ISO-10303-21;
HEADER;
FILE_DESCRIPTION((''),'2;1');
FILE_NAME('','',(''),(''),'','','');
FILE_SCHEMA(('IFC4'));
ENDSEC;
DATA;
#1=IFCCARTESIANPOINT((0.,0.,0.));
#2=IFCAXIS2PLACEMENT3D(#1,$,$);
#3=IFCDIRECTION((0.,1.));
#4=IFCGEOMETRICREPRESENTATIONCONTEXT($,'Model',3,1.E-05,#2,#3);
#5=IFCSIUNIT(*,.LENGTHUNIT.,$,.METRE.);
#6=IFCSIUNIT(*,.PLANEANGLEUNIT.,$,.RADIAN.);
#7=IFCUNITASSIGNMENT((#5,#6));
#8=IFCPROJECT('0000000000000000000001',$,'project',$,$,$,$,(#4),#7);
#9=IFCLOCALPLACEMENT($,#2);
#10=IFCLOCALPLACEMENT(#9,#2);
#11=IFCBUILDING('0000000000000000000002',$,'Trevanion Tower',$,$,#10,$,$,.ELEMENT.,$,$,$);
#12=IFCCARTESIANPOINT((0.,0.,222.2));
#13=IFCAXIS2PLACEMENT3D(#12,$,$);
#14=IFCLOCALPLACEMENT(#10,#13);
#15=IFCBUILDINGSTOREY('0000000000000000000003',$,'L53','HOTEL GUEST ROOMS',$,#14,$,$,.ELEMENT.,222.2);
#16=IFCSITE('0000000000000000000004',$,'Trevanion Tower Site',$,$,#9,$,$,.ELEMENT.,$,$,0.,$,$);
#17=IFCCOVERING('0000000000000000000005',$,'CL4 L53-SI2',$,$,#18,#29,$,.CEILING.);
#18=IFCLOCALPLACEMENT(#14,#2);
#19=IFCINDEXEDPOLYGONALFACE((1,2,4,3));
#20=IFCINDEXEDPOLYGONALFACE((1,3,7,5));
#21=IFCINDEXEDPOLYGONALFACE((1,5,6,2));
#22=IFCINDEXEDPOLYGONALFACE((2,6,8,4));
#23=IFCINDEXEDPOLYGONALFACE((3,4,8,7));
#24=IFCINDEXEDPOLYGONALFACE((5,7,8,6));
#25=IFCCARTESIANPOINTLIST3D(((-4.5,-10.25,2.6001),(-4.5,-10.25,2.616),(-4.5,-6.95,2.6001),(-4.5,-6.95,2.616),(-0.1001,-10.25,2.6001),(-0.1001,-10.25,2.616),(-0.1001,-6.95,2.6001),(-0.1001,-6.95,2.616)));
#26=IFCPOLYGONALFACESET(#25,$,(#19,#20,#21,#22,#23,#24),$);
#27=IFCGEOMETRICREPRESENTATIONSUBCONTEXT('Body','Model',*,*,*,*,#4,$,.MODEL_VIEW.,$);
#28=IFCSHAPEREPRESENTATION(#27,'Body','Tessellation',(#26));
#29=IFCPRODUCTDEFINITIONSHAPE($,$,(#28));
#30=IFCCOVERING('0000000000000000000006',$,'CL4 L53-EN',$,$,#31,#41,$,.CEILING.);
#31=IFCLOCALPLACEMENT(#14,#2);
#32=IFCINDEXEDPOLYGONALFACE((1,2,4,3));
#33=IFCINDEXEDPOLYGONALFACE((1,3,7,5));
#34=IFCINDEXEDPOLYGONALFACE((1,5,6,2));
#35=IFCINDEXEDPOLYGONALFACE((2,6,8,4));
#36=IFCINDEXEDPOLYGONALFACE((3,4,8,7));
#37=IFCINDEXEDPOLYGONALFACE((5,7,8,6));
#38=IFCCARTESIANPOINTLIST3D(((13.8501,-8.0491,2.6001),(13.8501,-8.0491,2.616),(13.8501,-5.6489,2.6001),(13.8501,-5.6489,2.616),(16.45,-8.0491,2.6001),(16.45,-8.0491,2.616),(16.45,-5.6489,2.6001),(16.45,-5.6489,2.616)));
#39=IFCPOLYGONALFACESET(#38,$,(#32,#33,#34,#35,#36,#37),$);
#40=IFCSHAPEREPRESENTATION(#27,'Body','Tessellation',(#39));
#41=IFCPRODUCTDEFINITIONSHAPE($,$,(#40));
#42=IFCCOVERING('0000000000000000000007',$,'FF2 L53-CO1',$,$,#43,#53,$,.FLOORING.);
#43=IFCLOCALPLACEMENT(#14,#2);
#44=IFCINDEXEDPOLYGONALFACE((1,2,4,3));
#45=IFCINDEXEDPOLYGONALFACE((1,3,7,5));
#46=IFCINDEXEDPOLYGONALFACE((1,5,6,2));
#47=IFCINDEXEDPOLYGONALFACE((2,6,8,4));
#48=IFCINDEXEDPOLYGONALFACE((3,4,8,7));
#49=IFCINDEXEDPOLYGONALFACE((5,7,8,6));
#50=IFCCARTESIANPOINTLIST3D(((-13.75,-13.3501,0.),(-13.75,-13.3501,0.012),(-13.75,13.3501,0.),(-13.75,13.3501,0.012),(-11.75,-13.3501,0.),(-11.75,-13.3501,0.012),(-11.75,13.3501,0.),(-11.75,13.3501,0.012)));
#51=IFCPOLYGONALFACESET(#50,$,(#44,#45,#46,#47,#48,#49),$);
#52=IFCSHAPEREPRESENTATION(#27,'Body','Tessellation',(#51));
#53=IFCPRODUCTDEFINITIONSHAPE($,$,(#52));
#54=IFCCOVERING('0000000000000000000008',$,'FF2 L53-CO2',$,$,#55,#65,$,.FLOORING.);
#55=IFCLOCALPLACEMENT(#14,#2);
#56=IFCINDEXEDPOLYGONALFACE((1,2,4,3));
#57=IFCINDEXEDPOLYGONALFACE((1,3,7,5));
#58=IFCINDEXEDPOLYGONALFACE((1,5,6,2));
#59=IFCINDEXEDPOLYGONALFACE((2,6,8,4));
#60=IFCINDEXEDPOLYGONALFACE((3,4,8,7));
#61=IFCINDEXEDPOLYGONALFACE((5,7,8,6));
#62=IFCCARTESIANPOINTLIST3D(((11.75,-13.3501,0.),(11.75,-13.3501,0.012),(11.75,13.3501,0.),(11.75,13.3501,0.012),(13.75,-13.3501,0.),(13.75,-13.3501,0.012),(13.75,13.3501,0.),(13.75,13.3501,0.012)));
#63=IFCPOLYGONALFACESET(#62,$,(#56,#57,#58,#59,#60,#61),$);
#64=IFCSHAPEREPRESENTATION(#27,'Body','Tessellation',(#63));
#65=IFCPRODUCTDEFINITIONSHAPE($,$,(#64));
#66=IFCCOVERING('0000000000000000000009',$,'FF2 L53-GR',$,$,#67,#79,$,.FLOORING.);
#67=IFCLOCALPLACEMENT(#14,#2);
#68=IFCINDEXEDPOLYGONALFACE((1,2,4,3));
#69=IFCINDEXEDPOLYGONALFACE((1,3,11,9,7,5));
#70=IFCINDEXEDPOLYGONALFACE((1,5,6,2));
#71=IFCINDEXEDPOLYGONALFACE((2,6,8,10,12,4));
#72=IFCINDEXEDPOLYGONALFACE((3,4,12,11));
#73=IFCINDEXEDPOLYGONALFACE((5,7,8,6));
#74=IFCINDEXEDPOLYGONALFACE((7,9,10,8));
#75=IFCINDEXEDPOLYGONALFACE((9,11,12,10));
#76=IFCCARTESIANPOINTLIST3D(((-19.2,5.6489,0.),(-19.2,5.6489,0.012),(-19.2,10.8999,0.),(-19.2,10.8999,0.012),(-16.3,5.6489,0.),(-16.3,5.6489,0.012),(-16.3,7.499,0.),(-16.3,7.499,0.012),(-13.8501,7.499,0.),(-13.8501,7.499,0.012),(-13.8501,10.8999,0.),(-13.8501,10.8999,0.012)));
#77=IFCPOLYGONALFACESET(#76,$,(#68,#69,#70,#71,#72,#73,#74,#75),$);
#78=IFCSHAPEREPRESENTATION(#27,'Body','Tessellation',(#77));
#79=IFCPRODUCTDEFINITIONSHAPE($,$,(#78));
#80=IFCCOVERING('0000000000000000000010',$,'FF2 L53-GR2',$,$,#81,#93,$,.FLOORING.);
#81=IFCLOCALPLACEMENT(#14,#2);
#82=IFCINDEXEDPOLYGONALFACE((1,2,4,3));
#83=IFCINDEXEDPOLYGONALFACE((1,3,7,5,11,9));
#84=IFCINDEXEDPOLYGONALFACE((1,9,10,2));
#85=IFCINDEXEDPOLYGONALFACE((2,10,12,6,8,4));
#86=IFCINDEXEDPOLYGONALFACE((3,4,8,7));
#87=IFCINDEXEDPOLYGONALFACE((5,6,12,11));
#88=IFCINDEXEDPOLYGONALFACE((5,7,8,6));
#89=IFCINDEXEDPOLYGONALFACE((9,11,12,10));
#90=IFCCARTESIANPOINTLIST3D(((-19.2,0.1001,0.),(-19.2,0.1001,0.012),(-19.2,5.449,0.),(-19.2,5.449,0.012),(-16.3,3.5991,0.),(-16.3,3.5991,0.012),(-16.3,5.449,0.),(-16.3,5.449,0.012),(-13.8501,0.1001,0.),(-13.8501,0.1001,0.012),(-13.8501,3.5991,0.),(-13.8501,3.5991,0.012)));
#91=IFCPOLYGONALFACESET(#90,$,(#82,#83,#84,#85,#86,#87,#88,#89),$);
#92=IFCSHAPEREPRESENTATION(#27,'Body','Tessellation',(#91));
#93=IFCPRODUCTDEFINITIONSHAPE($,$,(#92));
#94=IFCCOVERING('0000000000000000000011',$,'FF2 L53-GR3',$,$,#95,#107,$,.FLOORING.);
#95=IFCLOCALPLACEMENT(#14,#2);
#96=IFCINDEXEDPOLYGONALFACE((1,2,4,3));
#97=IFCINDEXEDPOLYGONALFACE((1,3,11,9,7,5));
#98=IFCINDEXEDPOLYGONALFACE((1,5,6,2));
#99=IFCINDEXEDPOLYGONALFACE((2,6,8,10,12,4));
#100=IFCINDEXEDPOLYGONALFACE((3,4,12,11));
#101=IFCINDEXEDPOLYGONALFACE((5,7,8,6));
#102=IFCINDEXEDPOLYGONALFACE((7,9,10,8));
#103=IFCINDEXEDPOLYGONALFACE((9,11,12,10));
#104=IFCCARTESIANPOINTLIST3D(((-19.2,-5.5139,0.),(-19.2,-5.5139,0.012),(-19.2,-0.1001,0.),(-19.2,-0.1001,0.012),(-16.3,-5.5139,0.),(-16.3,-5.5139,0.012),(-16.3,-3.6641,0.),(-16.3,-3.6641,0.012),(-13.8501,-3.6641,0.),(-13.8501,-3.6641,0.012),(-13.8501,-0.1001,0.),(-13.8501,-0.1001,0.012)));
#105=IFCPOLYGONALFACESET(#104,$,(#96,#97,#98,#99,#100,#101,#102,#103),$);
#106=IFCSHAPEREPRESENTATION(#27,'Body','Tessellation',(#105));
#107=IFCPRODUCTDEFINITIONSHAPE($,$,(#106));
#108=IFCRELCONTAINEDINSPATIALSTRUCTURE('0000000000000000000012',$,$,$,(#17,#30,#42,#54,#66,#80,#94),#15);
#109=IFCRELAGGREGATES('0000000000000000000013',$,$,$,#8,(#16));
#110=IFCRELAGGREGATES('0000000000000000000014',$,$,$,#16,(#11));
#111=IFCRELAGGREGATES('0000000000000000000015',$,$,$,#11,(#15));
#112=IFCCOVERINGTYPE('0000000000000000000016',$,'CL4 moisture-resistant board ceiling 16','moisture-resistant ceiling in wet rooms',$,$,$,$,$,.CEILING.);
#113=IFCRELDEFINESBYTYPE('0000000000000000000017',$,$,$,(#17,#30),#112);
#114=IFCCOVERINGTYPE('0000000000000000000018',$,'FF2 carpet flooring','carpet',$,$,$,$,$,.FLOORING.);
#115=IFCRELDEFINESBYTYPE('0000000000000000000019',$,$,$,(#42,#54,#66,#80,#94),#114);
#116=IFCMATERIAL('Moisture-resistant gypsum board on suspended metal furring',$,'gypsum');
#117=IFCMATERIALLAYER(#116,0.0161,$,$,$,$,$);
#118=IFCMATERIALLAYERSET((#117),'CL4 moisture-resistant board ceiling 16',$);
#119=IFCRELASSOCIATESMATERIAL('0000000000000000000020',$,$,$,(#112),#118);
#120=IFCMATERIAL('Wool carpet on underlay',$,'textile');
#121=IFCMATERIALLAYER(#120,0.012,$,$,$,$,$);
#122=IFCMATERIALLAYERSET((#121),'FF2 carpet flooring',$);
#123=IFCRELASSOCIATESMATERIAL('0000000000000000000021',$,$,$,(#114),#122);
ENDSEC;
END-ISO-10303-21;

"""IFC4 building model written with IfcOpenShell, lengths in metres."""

from ifc_helpers import new_model, si_unit, direction, frame, origin, place, context, subcontext, project, spatial, polyline, outline, extrude, material, layer, layer_set, type_object, element, save


model = new_model("IFC4")

# Units and contexts
model_context = context("Model", 3, precision=1e-05, world=origin(), true_north=direction((0.0, 1.0)))
body_context = subcontext(model_context, "Body", "Model", "MODEL_VIEW")
ifc_project = project(units=[si_unit("LENGTHUNIT", "METRE"), si_unit("PLANEANGLEUNIT", "RADIAN")], contexts=[model_context])

# Site, building, storey
site_placement = place(None, origin())
site = spatial("IfcSite", under=ifc_project, at=site_placement, Name="Trevanion Tower Site", CompositionType="ELEMENT", RefElevation=0.0)
building_placement = place(site_placement, origin())
building = spatial("IfcBuilding", under=site, at=building_placement, Name="Trevanion Tower", CompositionType="ELEMENT")
storey_placement = place(building_placement, frame((0.0, 0.0, 222.2)))
storey = spatial("IfcBuildingStorey", under=building, at=storey_placement, Name="L53", Description="HOTEL GUEST ROOMS", CompositionType="ELEMENT", Elevation=222.2)

# Coverings
ifc_material_1 = material(Name="Moisture-resistant gypsum board on suspended metal furring", Category="gypsum")
ifc_layer_1 = layer(ifc_material_1, 0.0161)
ifc_layer_set_1 = layer_set([ifc_layer_1], Name="CL4 moisture-resistant board ceiling 16")
covering_type_1 = type_object("IfcCoveringType", Name="CL4 moisture-resistant board ceiling 16", Description="moisture-resistant ceiling in wet rooms", PredefinedType="CEILING", material=ifc_layer_set_1)
covering_1_placement = place(storey_placement, frame((0.0, 0.0, 2.6001)))
element("IfcCovering", 1, at=covering_1_placement, inside=storey, type_object=covering_type_1, Name="CL4 L53-SI2", PredefinedType="CEILING", context=body_context, shape_type="SweptSolid", body=[
    extrude(outline(polyline([(-0.1001, -10.25), (-0.1001, -6.95), (-4.5, -6.95), (-4.5, -10.25), (-0.1001, -10.25)])), origin(), (0.0, 0.0, 1.0), 0.0159),
])
covering_2_placement = place(storey_placement, frame((0.0, 0.0, 2.6001)))
element("IfcCovering", 2, at=covering_2_placement, inside=storey, type_object=covering_type_1, Name="CL4 L53-EN", PredefinedType="CEILING", context=body_context, shape_type="SweptSolid", body=[
    extrude(outline(polyline([(16.45, -8.0491), (16.45, -5.6489), (13.8501, -5.6489), (13.8501, -8.0491), (16.45, -8.0491)])), origin(), (0.0, 0.0, 1.0), 0.0159),
])
ifc_material_2 = material(Name="Wool carpet on underlay", Category="textile")
ifc_layer_2 = layer(ifc_material_2, 0.012)
ifc_layer_set_2 = layer_set([ifc_layer_2], Name="FF2 carpet flooring")
covering_type_2 = type_object("IfcCoveringType", Name="FF2 carpet flooring", Description="carpet", PredefinedType="FLOORING", material=ifc_layer_set_2)
covering_3_placement = place(storey_placement, origin())
element("IfcCovering", 3, at=covering_3_placement, inside=storey, type_object=covering_type_2, Name="FF2 L53-CO1", PredefinedType="FLOORING", context=body_context, shape_type="SweptSolid", body=[
    extrude(outline(polyline([(-11.75, 13.3501), (-11.75, -13.3501), (-13.75, -13.3501), (-13.75, 13.3501), (-11.75, 13.3501)])), origin(), (0.0, 0.0, 1.0), 0.012),
])
covering_4_placement = place(storey_placement, origin())
element("IfcCovering", 4, at=covering_4_placement, inside=storey, type_object=covering_type_2, Name="FF2 L53-CO2", PredefinedType="FLOORING", context=body_context, shape_type="SweptSolid", body=[
    extrude(outline(polyline([(11.75, -13.3501), (11.75, 13.3501), (13.75, 13.3501), (13.75, -13.3501), (11.75, -13.3501)])), origin(), (0.0, 0.0, 1.0), 0.012),
])
covering_5_placement = place(storey_placement, origin())
element("IfcCovering", 5, at=covering_5_placement, inside=storey, type_object=covering_type_2, Name="FF2 L53-GR", PredefinedType="FLOORING", context=body_context, shape_type="SweptSolid", body=[
    extrude(outline(polyline([(-13.8501, 7.499), (-16.3, 7.499), (-16.3, 5.6489), (-19.2, 5.6489), (-19.2, 10.8999), (-13.8501, 10.8999), (-13.8501, 7.499)])), origin(), (0.0, 0.0, 1.0), 0.012),
])
covering_6_placement = place(storey_placement, origin())
element("IfcCovering", 6, at=covering_6_placement, inside=storey, type_object=covering_type_2, Name="FF2 L53-GR2", PredefinedType="FLOORING", context=body_context, shape_type="SweptSolid", body=[
    extrude(outline(polyline([(-13.8501, 0.1001), (-19.2, 0.1001), (-19.2, 5.449), (-16.3, 5.449), (-16.3, 3.5991), (-13.8501, 3.5991), (-13.8501, 0.1001)])), origin(), (0.0, 0.0, 1.0), 0.012),
])
covering_7_placement = place(storey_placement, origin())
element("IfcCovering", 7, at=covering_7_placement, inside=storey, type_object=covering_type_2, Name="FF2 L53-GR3", PredefinedType="FLOORING", context=body_context, shape_type="SweptSolid", body=[
    extrude(outline(polyline([(-13.8501, -3.6641), (-16.3, -3.6641), (-16.3, -5.5139), (-19.2, -5.5139), (-19.2, -0.1001), (-13.8501, -0.1001), (-13.8501, -3.6641)])), origin(), (0.0, 0.0, 1.0), 0.012),
])

save(model, "model.ifc")
